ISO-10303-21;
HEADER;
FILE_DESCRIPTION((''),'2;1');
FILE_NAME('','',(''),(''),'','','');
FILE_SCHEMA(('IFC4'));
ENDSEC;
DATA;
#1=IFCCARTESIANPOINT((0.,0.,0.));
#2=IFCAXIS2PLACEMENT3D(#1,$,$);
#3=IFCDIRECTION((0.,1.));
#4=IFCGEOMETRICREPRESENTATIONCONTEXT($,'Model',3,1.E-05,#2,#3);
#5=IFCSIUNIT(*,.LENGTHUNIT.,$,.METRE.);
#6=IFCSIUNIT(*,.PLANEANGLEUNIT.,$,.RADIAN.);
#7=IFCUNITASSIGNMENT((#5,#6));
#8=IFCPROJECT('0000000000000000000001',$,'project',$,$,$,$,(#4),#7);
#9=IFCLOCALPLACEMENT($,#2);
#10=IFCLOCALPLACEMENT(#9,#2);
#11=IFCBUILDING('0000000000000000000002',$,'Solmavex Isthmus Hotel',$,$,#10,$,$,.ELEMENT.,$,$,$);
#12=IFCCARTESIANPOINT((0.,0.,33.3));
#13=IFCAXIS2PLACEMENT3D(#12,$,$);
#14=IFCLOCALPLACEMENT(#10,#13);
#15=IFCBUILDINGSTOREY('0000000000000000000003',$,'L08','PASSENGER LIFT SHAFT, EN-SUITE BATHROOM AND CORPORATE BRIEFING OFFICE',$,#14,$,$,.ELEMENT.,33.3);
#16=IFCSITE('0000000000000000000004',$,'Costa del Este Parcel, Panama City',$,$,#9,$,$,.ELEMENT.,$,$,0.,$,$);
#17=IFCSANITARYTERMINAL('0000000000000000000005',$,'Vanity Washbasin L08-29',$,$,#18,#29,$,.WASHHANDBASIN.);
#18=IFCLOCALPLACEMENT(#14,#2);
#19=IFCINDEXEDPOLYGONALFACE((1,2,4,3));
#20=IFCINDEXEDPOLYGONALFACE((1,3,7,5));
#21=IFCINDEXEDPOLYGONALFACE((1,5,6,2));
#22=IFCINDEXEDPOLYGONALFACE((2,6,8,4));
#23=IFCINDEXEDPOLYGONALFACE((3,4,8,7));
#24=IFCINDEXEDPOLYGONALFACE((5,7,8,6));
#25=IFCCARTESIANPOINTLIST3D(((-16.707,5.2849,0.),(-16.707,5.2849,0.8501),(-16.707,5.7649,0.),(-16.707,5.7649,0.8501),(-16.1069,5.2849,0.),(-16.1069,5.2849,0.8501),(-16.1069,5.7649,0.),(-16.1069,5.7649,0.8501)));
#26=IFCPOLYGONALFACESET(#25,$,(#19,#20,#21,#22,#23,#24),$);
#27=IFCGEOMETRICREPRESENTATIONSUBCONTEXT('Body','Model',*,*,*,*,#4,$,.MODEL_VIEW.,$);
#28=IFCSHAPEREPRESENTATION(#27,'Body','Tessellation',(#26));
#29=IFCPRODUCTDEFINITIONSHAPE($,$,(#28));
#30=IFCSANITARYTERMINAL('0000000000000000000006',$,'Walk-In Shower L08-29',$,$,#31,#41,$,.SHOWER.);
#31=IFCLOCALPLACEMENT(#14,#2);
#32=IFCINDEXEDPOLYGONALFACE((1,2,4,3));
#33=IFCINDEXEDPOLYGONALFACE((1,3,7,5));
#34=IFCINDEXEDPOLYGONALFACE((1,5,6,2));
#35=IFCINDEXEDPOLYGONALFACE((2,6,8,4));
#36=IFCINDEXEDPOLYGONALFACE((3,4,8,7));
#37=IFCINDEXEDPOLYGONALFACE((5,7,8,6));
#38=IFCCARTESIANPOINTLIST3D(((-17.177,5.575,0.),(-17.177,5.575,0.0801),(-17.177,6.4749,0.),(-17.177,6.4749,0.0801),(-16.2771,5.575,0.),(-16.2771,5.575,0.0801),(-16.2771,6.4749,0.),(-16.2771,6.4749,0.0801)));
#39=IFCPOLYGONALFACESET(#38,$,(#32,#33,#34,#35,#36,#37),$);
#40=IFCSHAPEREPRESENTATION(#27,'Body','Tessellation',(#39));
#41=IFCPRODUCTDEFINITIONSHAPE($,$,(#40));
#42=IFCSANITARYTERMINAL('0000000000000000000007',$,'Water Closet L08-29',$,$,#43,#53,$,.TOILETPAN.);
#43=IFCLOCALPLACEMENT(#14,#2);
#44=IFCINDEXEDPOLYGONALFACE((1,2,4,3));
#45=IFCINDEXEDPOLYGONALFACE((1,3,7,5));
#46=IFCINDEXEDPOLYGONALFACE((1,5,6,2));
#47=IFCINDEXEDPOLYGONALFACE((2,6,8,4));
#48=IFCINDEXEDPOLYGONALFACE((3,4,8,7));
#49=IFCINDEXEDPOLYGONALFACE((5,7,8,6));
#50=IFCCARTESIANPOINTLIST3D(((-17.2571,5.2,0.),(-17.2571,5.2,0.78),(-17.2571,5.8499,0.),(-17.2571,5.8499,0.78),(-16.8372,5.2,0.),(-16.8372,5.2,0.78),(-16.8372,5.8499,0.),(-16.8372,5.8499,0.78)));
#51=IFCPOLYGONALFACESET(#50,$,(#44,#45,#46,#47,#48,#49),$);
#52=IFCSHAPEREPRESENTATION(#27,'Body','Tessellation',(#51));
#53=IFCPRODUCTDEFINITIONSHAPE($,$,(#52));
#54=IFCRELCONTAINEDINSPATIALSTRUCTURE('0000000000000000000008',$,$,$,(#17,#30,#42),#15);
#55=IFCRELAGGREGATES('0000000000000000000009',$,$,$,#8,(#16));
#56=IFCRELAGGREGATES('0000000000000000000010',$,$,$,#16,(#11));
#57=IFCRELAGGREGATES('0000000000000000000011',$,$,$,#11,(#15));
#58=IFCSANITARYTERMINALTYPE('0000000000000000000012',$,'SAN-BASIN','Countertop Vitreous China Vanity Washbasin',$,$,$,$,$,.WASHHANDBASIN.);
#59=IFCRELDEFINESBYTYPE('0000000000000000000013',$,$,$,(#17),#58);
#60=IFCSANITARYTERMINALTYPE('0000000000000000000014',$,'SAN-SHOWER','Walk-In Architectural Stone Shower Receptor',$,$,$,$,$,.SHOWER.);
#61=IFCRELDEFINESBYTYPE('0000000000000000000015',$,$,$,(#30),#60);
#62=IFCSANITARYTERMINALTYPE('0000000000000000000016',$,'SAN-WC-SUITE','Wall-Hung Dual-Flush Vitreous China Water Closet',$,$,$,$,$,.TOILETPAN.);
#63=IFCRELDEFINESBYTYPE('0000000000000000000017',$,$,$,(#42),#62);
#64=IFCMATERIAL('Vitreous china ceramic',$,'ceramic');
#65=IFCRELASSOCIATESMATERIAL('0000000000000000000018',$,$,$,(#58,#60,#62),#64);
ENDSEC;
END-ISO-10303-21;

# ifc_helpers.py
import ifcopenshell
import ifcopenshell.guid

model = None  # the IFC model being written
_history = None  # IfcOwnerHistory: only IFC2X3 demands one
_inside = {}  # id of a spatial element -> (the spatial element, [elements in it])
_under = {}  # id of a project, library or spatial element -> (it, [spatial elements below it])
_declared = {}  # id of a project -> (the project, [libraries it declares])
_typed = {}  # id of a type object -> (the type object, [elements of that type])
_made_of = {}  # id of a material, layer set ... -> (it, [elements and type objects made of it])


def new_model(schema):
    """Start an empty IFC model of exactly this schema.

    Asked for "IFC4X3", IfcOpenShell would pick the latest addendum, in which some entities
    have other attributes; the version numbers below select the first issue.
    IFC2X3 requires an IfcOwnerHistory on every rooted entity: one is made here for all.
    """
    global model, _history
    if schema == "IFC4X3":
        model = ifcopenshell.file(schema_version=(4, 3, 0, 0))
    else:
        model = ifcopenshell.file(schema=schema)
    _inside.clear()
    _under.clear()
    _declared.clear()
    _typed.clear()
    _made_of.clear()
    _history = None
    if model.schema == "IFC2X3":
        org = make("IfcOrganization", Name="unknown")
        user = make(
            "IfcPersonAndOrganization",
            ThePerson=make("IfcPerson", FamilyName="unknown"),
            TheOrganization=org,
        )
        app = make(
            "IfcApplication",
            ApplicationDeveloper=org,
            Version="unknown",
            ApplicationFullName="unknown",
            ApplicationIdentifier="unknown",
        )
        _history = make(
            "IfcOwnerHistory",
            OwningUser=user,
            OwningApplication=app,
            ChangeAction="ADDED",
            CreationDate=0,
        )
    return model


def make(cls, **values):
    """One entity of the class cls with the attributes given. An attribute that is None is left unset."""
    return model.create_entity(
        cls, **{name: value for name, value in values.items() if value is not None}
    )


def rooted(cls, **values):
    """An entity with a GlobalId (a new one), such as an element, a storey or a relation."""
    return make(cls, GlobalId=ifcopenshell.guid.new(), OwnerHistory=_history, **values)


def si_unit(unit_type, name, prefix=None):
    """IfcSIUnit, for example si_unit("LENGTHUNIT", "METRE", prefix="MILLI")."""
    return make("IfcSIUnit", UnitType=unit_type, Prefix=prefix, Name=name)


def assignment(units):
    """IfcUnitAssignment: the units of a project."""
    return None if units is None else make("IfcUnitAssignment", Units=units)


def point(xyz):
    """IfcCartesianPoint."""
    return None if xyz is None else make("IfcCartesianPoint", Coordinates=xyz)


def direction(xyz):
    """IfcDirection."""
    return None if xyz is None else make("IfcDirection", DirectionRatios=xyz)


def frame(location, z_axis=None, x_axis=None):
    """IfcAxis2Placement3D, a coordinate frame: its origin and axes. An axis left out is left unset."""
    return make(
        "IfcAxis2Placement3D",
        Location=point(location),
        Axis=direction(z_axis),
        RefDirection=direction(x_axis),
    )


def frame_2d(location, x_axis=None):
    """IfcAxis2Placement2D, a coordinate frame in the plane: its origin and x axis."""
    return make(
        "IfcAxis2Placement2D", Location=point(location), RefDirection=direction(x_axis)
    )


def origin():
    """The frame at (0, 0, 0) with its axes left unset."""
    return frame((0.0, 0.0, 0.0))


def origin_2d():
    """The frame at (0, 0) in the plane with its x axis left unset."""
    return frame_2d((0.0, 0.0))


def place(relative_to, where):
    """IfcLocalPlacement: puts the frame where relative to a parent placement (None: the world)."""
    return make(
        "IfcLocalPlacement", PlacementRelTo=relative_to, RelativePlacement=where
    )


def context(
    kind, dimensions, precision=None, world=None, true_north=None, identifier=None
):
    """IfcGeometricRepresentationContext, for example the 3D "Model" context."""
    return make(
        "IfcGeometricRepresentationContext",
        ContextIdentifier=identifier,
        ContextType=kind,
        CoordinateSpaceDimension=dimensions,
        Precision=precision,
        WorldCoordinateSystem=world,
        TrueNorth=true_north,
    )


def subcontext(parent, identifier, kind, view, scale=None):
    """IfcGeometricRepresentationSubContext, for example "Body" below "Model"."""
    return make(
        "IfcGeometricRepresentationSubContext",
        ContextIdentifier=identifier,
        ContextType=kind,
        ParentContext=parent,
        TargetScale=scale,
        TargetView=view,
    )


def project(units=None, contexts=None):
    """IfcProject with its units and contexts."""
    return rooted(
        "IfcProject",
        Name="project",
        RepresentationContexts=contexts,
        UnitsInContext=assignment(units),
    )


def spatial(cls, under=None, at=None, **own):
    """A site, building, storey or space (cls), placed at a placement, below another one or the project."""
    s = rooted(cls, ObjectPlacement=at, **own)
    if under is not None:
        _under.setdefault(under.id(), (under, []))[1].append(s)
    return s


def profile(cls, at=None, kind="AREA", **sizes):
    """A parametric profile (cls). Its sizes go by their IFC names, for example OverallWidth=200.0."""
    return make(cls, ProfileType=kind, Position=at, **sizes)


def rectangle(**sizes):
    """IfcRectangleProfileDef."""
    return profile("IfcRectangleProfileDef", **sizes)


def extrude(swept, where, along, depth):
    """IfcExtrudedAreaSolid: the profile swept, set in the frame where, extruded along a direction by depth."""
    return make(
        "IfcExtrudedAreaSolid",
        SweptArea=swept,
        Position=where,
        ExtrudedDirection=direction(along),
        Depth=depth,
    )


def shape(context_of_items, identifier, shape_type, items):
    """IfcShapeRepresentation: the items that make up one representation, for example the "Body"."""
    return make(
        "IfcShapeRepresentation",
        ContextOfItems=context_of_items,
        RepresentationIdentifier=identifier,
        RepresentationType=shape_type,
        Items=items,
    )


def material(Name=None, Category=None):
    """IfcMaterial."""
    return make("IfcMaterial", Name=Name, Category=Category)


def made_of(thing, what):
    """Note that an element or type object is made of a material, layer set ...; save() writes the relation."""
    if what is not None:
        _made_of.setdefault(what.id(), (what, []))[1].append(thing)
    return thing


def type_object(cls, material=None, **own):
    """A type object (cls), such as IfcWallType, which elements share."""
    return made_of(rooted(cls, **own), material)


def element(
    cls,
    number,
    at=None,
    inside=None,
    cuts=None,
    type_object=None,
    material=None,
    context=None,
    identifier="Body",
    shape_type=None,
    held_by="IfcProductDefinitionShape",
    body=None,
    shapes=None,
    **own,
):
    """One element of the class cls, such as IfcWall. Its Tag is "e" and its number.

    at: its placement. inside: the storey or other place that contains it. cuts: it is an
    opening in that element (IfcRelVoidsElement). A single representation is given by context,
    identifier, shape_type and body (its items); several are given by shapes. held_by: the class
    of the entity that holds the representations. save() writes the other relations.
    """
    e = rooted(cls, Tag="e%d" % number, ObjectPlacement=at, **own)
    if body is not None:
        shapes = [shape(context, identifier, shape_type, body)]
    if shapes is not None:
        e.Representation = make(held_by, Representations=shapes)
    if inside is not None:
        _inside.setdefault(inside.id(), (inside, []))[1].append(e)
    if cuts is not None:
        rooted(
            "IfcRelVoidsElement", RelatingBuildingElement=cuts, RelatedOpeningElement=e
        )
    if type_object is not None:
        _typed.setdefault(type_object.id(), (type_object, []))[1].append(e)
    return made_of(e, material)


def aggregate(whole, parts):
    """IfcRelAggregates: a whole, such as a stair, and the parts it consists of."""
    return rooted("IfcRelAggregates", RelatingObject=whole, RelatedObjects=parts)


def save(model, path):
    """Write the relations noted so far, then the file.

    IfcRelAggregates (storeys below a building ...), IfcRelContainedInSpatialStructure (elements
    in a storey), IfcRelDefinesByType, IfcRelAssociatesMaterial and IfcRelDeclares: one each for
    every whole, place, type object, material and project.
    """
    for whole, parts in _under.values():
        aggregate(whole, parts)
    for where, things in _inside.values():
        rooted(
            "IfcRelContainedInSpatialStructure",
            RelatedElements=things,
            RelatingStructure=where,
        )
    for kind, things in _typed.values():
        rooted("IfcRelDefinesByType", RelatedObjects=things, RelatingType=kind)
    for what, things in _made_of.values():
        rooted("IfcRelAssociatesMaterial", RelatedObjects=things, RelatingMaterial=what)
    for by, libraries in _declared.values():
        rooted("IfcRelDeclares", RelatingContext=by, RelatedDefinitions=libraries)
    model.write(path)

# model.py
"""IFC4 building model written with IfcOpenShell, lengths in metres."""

from ifc_helpers import new_model, si_unit, direction, frame, origin, origin_2d, place, context, subcontext, project, spatial, rectangle, extrude, material, type_object, element, save


model = new_model("IFC4")

# Units and contexts
model_context = context("Model", 3, precision=1e-05, world=origin(), true_north=direction((0.0, 1.0)))
body_context = subcontext(model_context, "Body", "Model", "MODEL_VIEW")
ifc_project = project(units=[si_unit("LENGTHUNIT", "METRE"), si_unit("PLANEANGLEUNIT", "RADIAN")], contexts=[model_context])

# Site, building, storey
site_placement = place(None, origin())
site = spatial("IfcSite", under=ifc_project, at=site_placement, Name="Costa del Este Parcel, Panama City", CompositionType="ELEMENT", RefElevation=0.0)
building_placement = place(site_placement, origin())
building = spatial("IfcBuilding", under=site, at=building_placement, Name="Solmavex Isthmus Hotel", CompositionType="ELEMENT")
storey_placement = place(building_placement, frame((0.0, 0.0, 33.3)))
storey = spatial("IfcBuildingStorey", under=building, at=storey_placement, Name="L08", Description="PASSENGER LIFT SHAFT, EN-SUITE BATHROOM AND CORPORATE BRIEFING OFFICE", CompositionType="ELEMENT", Elevation=33.3)

# Sanitary terminals
ifc_material_1 = material(Name="Vitreous china ceramic", Category="ceramic")
sanitary_terminal_type_1 = type_object("IfcSanitaryTerminalType", Name="SAN-BASIN", Description="Countertop Vitreous China Vanity Washbasin", PredefinedType="WASHHANDBASIN", material=ifc_material_1)
sanitary_terminal_1_placement = place(storey_placement, frame((-16.407, 5.5249, 0.0), z_axis=(0.0, 0.0, 1.0), x_axis=(1.0, 0.0, 0.0)))
element("IfcSanitaryTerminal", 1, at=sanitary_terminal_1_placement, inside=storey, type_object=sanitary_terminal_type_1, Name="Vanity Washbasin L08-29", PredefinedType="WASHHANDBASIN", context=body_context, shape_type="SweptSolid", body=[
    extrude(rectangle(XDim=0.6001, YDim=0.48, at=origin_2d()), origin(), (0.0, 0.0, 1.0), 0.8501),
])
sanitary_terminal_type_2 = type_object("IfcSanitaryTerminalType", Name="SAN-SHOWER", Description="Walk-In Architectural Stone Shower Receptor", PredefinedType="SHOWER", material=ifc_material_1)
sanitary_terminal_2_placement = place(storey_placement, frame((-16.7271, 6.0249, 0.0), z_axis=(0.0, 0.0, 1.0), x_axis=(1.0, 0.0, 0.0)))
element("IfcSanitaryTerminal", 2, at=sanitary_terminal_2_placement, inside=storey, type_object=sanitary_terminal_type_2, Name="Walk-In Shower L08-29", PredefinedType="SHOWER", context=body_context, shape_type="SweptSolid", body=[
    extrude(rectangle(XDim=0.8999, YDim=0.8999, at=origin_2d()), origin(), (0.0, 0.0, 1.0), 0.0801),
])
sanitary_terminal_type_3 = type_object("IfcSanitaryTerminalType", Name="SAN-WC-SUITE", Description="Wall-Hung Dual-Flush Vitreous China Water Closet", PredefinedType="TOILETPAN", material=ifc_material_1)
sanitary_terminal_3_placement = place(storey_placement, frame((-17.0471, 5.5249, 0.0), z_axis=(0.0, 0.0, 1.0), x_axis=(1.0, 0.0, 0.0)))
element("IfcSanitaryTerminal", 3, at=sanitary_terminal_3_placement, inside=storey, type_object=sanitary_terminal_type_3, Name="Water Closet L08-29", PredefinedType="TOILETPAN", context=body_context, shape_type="SweptSolid", body=[
    extrude(rectangle(XDim=0.4199, YDim=0.6499, at=origin_2d()), origin(), (0.0, 0.0, 1.0), 0.78),
])

save(model, "model.ifc")
